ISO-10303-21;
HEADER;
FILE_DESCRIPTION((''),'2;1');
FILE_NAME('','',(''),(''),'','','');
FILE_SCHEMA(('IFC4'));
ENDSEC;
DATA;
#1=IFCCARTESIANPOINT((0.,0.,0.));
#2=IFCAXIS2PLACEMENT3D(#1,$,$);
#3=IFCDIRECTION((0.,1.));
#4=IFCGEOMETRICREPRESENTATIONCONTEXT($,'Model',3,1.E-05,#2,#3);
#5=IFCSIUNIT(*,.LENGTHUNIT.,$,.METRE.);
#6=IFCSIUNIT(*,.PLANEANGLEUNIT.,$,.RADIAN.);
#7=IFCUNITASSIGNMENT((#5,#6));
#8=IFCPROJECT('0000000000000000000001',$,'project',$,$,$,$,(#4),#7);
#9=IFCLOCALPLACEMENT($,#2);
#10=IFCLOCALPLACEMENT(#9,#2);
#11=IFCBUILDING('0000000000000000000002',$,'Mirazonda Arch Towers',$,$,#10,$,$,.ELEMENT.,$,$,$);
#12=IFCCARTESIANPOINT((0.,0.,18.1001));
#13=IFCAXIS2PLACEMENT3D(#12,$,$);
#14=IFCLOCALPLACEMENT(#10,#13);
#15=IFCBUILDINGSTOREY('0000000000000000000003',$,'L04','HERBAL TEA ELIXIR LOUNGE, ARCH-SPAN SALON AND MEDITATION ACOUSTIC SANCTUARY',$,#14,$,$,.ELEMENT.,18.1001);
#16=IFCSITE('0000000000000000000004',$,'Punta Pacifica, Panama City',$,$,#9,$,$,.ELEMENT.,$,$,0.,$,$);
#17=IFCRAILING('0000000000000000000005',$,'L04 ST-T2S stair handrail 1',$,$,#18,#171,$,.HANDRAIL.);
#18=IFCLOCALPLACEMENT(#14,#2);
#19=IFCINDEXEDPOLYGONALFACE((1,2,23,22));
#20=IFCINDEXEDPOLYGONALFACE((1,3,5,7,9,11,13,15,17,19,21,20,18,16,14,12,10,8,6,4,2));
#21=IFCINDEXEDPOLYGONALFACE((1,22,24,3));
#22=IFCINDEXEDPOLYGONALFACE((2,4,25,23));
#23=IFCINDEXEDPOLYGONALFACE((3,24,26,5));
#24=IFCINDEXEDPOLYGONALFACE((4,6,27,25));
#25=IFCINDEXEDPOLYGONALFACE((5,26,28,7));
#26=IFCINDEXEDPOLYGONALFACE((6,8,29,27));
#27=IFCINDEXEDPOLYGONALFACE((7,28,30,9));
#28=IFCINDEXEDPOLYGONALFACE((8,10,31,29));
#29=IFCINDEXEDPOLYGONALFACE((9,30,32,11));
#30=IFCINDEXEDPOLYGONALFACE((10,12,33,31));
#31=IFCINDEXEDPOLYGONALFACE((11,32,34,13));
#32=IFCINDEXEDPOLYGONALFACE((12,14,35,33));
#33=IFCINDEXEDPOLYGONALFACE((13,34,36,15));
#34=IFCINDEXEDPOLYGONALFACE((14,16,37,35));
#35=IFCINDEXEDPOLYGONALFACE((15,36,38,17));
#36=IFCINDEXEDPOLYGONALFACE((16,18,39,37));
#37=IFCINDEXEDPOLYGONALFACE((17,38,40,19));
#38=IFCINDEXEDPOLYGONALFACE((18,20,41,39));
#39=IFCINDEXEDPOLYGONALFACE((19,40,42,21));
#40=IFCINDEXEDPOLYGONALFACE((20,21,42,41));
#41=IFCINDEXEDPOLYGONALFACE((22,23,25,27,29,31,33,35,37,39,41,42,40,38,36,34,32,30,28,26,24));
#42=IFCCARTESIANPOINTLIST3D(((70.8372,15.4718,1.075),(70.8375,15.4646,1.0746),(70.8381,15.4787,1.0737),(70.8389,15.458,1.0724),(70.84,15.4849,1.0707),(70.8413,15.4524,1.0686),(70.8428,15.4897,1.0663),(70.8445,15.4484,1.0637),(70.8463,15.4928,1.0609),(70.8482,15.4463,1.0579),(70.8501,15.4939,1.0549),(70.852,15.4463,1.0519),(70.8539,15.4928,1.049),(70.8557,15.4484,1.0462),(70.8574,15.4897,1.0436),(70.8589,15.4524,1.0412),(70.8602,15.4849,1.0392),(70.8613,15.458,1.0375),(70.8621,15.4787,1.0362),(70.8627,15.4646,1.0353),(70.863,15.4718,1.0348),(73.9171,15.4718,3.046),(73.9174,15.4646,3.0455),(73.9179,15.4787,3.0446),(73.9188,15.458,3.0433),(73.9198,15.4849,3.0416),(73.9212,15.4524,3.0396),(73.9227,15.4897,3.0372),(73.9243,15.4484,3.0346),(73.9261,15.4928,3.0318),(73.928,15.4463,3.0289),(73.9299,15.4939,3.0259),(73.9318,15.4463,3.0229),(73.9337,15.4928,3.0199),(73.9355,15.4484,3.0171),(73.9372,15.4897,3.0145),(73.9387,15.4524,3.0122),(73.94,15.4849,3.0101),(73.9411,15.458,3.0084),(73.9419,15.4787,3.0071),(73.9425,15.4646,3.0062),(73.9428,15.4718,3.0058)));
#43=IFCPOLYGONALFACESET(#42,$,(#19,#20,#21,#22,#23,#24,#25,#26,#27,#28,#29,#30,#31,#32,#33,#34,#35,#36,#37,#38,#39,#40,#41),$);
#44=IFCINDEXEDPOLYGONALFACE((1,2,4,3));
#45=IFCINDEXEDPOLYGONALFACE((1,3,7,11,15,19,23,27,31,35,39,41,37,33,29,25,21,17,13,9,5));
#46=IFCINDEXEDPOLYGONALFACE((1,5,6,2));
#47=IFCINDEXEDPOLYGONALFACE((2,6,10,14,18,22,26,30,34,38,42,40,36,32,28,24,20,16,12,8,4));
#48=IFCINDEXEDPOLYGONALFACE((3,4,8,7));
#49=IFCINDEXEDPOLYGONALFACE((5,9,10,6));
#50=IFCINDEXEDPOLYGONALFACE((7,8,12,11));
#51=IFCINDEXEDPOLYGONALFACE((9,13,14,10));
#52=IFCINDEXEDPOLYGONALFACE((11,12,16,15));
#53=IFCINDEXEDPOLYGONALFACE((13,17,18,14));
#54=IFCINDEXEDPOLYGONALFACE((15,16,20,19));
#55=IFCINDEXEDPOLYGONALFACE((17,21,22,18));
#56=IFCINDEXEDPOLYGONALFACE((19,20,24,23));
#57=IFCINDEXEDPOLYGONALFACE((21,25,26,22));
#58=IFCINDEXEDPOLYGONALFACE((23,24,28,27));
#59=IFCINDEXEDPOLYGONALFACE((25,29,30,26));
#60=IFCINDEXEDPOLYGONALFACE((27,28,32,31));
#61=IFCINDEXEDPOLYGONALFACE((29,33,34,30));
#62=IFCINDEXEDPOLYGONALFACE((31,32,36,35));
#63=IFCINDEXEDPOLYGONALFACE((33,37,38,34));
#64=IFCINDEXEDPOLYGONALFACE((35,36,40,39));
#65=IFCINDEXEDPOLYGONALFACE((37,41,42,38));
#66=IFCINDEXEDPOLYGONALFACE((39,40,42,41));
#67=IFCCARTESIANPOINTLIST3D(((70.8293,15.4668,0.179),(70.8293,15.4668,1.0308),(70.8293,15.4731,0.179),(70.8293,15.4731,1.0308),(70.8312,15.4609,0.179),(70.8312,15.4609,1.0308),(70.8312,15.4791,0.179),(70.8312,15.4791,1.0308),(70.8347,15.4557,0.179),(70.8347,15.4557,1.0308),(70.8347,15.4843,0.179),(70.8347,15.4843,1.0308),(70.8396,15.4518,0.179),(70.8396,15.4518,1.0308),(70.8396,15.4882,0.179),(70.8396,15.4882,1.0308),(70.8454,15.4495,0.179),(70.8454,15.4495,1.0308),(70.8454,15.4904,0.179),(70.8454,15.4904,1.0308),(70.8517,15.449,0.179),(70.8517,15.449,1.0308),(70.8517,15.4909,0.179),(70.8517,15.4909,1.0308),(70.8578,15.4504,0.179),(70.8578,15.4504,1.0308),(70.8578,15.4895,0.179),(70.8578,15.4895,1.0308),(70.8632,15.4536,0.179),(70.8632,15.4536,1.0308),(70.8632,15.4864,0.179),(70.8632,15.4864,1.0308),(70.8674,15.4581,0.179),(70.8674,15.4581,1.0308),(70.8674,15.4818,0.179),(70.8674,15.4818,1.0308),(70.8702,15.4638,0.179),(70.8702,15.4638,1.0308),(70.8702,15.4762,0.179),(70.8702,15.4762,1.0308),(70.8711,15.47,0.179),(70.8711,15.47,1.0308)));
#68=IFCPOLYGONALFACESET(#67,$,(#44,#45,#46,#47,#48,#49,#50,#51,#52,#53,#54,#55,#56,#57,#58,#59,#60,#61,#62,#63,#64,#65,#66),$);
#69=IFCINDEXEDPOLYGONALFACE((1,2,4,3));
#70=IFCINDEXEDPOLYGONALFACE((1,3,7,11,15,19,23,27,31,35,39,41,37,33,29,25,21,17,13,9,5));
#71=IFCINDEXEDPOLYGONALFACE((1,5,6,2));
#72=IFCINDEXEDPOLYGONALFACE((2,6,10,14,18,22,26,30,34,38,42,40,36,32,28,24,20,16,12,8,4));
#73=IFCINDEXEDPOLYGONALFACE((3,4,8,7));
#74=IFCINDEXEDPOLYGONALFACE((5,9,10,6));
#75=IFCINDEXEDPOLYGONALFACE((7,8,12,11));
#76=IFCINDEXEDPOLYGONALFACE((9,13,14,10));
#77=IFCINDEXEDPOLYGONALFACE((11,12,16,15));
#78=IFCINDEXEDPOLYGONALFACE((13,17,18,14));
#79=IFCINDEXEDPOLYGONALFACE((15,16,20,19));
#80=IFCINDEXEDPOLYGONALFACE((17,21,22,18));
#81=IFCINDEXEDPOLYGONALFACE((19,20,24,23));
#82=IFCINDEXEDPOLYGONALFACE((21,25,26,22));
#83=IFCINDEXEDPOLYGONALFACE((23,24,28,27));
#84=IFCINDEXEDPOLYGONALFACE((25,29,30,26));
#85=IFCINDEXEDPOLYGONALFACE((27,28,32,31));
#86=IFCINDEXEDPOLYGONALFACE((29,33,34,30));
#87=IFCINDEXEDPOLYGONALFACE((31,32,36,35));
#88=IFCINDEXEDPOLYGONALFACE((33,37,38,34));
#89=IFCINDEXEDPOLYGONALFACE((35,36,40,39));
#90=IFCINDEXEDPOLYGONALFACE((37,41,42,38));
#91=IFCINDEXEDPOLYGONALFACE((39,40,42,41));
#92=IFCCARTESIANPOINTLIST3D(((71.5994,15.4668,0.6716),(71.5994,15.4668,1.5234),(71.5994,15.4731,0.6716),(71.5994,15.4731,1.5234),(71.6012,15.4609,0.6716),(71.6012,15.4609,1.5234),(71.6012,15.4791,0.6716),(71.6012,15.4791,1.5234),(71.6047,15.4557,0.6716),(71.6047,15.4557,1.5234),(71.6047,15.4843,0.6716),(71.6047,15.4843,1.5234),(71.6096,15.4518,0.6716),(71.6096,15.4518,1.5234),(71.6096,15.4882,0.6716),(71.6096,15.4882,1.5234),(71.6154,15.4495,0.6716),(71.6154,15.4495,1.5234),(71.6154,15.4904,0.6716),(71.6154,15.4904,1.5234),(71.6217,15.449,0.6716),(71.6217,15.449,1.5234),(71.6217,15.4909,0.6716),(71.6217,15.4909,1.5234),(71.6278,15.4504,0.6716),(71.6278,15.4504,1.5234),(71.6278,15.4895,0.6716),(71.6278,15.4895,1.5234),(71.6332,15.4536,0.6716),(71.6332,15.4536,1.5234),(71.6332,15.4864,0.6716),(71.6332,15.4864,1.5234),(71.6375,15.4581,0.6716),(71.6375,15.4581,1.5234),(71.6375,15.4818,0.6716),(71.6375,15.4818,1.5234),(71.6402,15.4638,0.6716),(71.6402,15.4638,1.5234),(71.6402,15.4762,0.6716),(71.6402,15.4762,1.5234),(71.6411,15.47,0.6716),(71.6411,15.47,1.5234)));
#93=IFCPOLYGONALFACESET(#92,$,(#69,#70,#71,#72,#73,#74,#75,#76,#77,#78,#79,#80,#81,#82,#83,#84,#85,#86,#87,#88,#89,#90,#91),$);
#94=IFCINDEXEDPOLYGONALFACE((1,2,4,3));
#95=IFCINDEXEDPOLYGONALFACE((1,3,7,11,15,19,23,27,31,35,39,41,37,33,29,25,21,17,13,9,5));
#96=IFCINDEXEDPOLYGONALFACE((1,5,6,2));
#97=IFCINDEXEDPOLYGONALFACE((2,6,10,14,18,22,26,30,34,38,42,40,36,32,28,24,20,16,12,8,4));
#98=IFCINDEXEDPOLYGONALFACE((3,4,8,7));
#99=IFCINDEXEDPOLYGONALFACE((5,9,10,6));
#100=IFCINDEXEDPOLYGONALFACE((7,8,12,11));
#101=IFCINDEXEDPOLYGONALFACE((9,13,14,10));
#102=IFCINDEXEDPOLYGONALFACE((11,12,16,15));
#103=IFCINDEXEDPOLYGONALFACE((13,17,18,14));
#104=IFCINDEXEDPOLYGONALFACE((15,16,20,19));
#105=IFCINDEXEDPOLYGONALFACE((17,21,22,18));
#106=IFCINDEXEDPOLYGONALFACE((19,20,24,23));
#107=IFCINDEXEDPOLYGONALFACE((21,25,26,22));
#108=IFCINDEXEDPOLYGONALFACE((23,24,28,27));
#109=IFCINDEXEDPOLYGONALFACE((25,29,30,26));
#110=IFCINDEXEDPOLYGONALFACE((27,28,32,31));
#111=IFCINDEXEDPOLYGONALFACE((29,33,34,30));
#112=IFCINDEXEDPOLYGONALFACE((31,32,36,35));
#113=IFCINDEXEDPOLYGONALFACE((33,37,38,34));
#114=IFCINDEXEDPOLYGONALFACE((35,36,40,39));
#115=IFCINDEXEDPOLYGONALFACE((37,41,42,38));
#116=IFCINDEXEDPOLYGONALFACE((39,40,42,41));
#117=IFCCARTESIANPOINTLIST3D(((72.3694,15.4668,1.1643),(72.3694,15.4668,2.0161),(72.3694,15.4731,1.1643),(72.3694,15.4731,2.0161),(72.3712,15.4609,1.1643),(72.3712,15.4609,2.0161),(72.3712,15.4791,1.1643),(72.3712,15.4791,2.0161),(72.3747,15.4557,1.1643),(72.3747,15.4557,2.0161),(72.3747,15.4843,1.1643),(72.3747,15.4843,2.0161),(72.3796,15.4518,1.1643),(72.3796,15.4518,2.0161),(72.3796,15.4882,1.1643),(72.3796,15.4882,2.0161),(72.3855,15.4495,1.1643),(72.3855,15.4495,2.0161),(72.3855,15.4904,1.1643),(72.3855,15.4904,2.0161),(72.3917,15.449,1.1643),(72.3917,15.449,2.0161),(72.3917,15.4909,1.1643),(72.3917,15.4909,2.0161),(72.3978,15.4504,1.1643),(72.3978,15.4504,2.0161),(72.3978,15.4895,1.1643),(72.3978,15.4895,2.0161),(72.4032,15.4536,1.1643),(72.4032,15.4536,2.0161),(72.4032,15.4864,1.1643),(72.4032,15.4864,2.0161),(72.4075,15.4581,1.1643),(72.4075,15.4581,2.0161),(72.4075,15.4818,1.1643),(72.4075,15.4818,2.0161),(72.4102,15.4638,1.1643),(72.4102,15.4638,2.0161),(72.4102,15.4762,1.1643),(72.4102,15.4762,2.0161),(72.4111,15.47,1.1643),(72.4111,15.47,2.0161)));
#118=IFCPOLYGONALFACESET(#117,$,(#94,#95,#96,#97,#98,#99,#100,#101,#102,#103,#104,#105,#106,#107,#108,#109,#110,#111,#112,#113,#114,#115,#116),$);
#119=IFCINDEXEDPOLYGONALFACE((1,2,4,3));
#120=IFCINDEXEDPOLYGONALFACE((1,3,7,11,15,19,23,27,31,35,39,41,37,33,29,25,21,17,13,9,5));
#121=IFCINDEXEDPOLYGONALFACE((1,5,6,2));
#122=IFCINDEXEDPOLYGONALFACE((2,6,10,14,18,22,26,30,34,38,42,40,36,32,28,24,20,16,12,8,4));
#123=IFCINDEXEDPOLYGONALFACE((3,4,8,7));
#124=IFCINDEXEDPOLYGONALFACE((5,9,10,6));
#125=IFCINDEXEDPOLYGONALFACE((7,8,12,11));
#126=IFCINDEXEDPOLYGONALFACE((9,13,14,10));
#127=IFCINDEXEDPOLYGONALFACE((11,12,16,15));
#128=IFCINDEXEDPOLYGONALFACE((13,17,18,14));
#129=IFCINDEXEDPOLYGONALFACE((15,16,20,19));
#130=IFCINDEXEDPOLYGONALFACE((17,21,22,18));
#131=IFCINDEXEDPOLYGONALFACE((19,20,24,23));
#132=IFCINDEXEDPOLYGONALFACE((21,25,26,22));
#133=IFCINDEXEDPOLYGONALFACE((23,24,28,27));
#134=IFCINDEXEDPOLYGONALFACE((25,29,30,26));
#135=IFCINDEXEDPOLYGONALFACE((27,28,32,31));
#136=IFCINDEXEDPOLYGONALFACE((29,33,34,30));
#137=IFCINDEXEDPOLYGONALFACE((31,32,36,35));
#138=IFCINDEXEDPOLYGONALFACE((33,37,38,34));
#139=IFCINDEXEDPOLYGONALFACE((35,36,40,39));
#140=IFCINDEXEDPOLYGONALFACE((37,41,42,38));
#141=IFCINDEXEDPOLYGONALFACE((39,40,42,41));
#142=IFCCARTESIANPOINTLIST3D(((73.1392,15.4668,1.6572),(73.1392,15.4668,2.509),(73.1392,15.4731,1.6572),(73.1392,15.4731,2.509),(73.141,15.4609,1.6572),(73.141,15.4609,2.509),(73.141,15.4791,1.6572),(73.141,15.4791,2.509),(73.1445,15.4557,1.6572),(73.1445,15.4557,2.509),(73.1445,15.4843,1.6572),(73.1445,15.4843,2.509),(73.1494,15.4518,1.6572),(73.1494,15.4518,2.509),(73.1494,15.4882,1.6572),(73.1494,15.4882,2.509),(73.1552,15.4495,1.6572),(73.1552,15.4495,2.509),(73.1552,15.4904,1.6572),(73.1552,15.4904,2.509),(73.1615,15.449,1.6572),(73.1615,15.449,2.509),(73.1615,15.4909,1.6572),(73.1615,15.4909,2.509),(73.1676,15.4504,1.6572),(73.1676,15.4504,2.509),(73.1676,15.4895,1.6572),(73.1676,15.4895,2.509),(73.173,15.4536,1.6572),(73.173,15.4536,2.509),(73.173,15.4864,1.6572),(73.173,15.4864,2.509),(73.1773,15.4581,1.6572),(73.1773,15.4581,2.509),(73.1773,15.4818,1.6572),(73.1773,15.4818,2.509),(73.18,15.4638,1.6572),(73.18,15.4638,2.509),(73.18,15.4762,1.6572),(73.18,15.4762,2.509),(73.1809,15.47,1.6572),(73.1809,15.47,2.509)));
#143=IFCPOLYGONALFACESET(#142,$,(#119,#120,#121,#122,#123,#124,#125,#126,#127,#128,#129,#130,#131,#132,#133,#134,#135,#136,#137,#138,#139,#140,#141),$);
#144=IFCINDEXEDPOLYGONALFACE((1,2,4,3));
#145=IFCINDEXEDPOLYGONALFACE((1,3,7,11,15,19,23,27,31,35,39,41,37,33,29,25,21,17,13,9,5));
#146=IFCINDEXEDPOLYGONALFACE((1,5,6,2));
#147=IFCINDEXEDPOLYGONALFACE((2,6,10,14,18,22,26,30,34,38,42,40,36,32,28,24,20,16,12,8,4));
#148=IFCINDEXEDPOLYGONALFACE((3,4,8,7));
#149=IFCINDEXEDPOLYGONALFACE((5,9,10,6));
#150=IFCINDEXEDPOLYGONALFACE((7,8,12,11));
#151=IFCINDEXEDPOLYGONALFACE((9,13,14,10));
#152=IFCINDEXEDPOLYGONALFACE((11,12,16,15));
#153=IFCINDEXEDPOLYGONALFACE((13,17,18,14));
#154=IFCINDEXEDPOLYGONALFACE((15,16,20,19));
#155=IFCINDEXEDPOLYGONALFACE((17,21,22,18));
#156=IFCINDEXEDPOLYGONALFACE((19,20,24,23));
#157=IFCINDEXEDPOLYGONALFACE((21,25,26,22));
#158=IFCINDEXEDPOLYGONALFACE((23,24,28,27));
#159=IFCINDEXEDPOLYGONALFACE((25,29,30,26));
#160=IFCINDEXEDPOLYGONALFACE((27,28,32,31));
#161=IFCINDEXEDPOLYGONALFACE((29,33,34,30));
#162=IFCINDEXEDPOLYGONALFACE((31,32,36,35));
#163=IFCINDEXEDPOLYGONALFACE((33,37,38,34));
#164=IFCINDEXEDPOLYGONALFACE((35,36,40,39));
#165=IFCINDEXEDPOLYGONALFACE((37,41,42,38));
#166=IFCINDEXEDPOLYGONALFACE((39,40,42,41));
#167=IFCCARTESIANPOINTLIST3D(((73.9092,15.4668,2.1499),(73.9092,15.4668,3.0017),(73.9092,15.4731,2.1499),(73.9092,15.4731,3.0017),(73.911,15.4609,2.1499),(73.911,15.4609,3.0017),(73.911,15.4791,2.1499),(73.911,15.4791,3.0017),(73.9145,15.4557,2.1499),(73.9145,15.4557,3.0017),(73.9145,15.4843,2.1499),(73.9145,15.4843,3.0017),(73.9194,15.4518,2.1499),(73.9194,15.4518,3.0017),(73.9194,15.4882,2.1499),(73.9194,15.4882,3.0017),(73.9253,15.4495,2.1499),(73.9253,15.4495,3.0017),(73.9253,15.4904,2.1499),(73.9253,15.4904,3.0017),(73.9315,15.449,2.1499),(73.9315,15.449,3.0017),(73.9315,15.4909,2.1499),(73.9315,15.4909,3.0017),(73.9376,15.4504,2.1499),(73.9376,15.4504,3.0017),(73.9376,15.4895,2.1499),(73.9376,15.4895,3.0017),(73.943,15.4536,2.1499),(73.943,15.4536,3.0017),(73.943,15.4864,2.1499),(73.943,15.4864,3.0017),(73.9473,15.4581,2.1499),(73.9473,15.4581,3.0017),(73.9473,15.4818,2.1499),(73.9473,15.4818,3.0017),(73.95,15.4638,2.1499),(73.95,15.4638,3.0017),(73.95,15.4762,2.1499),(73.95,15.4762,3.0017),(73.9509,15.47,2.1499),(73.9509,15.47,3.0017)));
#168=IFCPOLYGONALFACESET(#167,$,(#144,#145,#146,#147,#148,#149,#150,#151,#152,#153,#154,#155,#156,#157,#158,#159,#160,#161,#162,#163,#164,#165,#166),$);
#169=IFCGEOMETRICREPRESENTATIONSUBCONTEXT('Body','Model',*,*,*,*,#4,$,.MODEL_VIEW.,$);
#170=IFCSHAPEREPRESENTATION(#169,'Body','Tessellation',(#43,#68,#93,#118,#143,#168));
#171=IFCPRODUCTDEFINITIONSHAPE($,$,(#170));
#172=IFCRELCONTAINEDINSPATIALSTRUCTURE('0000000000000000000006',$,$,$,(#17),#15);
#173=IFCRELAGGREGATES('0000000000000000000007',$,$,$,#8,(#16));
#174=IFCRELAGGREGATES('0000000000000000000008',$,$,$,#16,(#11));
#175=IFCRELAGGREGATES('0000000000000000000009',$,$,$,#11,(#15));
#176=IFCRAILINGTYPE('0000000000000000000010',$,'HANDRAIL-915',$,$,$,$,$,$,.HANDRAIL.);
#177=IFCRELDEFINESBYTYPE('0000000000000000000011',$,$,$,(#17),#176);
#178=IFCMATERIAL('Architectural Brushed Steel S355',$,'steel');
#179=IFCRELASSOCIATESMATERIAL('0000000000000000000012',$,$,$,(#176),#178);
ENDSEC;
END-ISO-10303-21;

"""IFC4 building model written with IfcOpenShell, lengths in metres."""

from ifc_helpers import new_model, si_unit, direction, frame, origin, origin_2d, place, context, subcontext, project, spatial, circle, extrude, material, type_object, element, save


model = new_model("IFC4")

# Units and contexts
model_context = context("Model", 3, precision=1e-05, world=origin(), true_north=direction((0.0, 1.0)))
body_context = subcontext(model_context, "Body", "Model", "MODEL_VIEW")
ifc_project = project(units=[si_unit("LENGTHUNIT", "METRE"), si_unit("PLANEANGLEUNIT", "RADIAN")], contexts=[model_context])

# Site, building, storey
site_placement = place(None, origin())
site = spatial("IfcSite", under=ifc_project, at=site_placement, Name="Punta Pacifica, Panama City", CompositionType="ELEMENT", RefElevation=0.0)
building_placement = place(site_placement, origin())
building = spatial("IfcBuilding", under=site, at=building_placement, Name="Mirazonda Arch Towers", CompositionType="ELEMENT")
storey_placement = place(building_placement, frame((0.0, 0.0, 18.1001)))
storey = spatial("IfcBuildingStorey", under=building, at=storey_placement, Name="L04", Description="HERBAL TEA ELIXIR LOUNGE, ARCH-SPAN SALON AND MEDITATION ACOUSTIC SANCTUARY", CompositionType="ELEMENT", Elevation=18.1001)

# Railing
ifc_material_1 = material(Name="Architectural Brushed Steel S355", Category="steel")
railing_type_1 = type_object("IfcRailingType", Name="HANDRAIL-915", PredefinedType="HANDRAIL", material=ifc_material_1)
railing_1_placement = place(storey_placement, frame((70.8501, 15.47, 0.179)))
element("IfcRailing", 1, at=railing_1_placement, inside=storey, type_object=railing_type_1, Name="L04 ST-T2S stair handrail 1", PredefinedType="HANDRAIL", context=body_context, shape_type="SweptSolid", body=[
    extrude(circle(Radius=0.0239, at=origin_2d()), frame((0.0, 0.0, 0.876), z_axis=(0.84229, 0.0, 0.539025), x_axis=(0.0, 1.0, 0.0)), (0.0, 0.0, 1.0), 3.6565),
    extrude(circle(Radius=0.021, at=origin_2d()), origin(), (0.0, 0.0, 1.0), 0.8518),
    extrude(circle(Radius=0.021, at=origin_2d()), frame((0.77, 0.0, 0.4927)), (0.0, 0.0, 1.0), 0.8518),
    extrude(circle(Radius=0.021, at=origin_2d()), frame((1.54, 0.0, 0.9854)), (0.0, 0.0, 1.0), 0.8518),
    extrude(circle(Radius=0.021, at=origin_2d()), frame((2.3098, 0.0, 1.4783)), (0.0, 0.0, 1.0), 0.8518),
    extrude(circle(Radius=0.021, at=origin_2d()), frame((3.0798, 0.0, 1.9709)), (0.0, 0.0, 1.0), 0.8518),
])

save(model, "model.ifc")
